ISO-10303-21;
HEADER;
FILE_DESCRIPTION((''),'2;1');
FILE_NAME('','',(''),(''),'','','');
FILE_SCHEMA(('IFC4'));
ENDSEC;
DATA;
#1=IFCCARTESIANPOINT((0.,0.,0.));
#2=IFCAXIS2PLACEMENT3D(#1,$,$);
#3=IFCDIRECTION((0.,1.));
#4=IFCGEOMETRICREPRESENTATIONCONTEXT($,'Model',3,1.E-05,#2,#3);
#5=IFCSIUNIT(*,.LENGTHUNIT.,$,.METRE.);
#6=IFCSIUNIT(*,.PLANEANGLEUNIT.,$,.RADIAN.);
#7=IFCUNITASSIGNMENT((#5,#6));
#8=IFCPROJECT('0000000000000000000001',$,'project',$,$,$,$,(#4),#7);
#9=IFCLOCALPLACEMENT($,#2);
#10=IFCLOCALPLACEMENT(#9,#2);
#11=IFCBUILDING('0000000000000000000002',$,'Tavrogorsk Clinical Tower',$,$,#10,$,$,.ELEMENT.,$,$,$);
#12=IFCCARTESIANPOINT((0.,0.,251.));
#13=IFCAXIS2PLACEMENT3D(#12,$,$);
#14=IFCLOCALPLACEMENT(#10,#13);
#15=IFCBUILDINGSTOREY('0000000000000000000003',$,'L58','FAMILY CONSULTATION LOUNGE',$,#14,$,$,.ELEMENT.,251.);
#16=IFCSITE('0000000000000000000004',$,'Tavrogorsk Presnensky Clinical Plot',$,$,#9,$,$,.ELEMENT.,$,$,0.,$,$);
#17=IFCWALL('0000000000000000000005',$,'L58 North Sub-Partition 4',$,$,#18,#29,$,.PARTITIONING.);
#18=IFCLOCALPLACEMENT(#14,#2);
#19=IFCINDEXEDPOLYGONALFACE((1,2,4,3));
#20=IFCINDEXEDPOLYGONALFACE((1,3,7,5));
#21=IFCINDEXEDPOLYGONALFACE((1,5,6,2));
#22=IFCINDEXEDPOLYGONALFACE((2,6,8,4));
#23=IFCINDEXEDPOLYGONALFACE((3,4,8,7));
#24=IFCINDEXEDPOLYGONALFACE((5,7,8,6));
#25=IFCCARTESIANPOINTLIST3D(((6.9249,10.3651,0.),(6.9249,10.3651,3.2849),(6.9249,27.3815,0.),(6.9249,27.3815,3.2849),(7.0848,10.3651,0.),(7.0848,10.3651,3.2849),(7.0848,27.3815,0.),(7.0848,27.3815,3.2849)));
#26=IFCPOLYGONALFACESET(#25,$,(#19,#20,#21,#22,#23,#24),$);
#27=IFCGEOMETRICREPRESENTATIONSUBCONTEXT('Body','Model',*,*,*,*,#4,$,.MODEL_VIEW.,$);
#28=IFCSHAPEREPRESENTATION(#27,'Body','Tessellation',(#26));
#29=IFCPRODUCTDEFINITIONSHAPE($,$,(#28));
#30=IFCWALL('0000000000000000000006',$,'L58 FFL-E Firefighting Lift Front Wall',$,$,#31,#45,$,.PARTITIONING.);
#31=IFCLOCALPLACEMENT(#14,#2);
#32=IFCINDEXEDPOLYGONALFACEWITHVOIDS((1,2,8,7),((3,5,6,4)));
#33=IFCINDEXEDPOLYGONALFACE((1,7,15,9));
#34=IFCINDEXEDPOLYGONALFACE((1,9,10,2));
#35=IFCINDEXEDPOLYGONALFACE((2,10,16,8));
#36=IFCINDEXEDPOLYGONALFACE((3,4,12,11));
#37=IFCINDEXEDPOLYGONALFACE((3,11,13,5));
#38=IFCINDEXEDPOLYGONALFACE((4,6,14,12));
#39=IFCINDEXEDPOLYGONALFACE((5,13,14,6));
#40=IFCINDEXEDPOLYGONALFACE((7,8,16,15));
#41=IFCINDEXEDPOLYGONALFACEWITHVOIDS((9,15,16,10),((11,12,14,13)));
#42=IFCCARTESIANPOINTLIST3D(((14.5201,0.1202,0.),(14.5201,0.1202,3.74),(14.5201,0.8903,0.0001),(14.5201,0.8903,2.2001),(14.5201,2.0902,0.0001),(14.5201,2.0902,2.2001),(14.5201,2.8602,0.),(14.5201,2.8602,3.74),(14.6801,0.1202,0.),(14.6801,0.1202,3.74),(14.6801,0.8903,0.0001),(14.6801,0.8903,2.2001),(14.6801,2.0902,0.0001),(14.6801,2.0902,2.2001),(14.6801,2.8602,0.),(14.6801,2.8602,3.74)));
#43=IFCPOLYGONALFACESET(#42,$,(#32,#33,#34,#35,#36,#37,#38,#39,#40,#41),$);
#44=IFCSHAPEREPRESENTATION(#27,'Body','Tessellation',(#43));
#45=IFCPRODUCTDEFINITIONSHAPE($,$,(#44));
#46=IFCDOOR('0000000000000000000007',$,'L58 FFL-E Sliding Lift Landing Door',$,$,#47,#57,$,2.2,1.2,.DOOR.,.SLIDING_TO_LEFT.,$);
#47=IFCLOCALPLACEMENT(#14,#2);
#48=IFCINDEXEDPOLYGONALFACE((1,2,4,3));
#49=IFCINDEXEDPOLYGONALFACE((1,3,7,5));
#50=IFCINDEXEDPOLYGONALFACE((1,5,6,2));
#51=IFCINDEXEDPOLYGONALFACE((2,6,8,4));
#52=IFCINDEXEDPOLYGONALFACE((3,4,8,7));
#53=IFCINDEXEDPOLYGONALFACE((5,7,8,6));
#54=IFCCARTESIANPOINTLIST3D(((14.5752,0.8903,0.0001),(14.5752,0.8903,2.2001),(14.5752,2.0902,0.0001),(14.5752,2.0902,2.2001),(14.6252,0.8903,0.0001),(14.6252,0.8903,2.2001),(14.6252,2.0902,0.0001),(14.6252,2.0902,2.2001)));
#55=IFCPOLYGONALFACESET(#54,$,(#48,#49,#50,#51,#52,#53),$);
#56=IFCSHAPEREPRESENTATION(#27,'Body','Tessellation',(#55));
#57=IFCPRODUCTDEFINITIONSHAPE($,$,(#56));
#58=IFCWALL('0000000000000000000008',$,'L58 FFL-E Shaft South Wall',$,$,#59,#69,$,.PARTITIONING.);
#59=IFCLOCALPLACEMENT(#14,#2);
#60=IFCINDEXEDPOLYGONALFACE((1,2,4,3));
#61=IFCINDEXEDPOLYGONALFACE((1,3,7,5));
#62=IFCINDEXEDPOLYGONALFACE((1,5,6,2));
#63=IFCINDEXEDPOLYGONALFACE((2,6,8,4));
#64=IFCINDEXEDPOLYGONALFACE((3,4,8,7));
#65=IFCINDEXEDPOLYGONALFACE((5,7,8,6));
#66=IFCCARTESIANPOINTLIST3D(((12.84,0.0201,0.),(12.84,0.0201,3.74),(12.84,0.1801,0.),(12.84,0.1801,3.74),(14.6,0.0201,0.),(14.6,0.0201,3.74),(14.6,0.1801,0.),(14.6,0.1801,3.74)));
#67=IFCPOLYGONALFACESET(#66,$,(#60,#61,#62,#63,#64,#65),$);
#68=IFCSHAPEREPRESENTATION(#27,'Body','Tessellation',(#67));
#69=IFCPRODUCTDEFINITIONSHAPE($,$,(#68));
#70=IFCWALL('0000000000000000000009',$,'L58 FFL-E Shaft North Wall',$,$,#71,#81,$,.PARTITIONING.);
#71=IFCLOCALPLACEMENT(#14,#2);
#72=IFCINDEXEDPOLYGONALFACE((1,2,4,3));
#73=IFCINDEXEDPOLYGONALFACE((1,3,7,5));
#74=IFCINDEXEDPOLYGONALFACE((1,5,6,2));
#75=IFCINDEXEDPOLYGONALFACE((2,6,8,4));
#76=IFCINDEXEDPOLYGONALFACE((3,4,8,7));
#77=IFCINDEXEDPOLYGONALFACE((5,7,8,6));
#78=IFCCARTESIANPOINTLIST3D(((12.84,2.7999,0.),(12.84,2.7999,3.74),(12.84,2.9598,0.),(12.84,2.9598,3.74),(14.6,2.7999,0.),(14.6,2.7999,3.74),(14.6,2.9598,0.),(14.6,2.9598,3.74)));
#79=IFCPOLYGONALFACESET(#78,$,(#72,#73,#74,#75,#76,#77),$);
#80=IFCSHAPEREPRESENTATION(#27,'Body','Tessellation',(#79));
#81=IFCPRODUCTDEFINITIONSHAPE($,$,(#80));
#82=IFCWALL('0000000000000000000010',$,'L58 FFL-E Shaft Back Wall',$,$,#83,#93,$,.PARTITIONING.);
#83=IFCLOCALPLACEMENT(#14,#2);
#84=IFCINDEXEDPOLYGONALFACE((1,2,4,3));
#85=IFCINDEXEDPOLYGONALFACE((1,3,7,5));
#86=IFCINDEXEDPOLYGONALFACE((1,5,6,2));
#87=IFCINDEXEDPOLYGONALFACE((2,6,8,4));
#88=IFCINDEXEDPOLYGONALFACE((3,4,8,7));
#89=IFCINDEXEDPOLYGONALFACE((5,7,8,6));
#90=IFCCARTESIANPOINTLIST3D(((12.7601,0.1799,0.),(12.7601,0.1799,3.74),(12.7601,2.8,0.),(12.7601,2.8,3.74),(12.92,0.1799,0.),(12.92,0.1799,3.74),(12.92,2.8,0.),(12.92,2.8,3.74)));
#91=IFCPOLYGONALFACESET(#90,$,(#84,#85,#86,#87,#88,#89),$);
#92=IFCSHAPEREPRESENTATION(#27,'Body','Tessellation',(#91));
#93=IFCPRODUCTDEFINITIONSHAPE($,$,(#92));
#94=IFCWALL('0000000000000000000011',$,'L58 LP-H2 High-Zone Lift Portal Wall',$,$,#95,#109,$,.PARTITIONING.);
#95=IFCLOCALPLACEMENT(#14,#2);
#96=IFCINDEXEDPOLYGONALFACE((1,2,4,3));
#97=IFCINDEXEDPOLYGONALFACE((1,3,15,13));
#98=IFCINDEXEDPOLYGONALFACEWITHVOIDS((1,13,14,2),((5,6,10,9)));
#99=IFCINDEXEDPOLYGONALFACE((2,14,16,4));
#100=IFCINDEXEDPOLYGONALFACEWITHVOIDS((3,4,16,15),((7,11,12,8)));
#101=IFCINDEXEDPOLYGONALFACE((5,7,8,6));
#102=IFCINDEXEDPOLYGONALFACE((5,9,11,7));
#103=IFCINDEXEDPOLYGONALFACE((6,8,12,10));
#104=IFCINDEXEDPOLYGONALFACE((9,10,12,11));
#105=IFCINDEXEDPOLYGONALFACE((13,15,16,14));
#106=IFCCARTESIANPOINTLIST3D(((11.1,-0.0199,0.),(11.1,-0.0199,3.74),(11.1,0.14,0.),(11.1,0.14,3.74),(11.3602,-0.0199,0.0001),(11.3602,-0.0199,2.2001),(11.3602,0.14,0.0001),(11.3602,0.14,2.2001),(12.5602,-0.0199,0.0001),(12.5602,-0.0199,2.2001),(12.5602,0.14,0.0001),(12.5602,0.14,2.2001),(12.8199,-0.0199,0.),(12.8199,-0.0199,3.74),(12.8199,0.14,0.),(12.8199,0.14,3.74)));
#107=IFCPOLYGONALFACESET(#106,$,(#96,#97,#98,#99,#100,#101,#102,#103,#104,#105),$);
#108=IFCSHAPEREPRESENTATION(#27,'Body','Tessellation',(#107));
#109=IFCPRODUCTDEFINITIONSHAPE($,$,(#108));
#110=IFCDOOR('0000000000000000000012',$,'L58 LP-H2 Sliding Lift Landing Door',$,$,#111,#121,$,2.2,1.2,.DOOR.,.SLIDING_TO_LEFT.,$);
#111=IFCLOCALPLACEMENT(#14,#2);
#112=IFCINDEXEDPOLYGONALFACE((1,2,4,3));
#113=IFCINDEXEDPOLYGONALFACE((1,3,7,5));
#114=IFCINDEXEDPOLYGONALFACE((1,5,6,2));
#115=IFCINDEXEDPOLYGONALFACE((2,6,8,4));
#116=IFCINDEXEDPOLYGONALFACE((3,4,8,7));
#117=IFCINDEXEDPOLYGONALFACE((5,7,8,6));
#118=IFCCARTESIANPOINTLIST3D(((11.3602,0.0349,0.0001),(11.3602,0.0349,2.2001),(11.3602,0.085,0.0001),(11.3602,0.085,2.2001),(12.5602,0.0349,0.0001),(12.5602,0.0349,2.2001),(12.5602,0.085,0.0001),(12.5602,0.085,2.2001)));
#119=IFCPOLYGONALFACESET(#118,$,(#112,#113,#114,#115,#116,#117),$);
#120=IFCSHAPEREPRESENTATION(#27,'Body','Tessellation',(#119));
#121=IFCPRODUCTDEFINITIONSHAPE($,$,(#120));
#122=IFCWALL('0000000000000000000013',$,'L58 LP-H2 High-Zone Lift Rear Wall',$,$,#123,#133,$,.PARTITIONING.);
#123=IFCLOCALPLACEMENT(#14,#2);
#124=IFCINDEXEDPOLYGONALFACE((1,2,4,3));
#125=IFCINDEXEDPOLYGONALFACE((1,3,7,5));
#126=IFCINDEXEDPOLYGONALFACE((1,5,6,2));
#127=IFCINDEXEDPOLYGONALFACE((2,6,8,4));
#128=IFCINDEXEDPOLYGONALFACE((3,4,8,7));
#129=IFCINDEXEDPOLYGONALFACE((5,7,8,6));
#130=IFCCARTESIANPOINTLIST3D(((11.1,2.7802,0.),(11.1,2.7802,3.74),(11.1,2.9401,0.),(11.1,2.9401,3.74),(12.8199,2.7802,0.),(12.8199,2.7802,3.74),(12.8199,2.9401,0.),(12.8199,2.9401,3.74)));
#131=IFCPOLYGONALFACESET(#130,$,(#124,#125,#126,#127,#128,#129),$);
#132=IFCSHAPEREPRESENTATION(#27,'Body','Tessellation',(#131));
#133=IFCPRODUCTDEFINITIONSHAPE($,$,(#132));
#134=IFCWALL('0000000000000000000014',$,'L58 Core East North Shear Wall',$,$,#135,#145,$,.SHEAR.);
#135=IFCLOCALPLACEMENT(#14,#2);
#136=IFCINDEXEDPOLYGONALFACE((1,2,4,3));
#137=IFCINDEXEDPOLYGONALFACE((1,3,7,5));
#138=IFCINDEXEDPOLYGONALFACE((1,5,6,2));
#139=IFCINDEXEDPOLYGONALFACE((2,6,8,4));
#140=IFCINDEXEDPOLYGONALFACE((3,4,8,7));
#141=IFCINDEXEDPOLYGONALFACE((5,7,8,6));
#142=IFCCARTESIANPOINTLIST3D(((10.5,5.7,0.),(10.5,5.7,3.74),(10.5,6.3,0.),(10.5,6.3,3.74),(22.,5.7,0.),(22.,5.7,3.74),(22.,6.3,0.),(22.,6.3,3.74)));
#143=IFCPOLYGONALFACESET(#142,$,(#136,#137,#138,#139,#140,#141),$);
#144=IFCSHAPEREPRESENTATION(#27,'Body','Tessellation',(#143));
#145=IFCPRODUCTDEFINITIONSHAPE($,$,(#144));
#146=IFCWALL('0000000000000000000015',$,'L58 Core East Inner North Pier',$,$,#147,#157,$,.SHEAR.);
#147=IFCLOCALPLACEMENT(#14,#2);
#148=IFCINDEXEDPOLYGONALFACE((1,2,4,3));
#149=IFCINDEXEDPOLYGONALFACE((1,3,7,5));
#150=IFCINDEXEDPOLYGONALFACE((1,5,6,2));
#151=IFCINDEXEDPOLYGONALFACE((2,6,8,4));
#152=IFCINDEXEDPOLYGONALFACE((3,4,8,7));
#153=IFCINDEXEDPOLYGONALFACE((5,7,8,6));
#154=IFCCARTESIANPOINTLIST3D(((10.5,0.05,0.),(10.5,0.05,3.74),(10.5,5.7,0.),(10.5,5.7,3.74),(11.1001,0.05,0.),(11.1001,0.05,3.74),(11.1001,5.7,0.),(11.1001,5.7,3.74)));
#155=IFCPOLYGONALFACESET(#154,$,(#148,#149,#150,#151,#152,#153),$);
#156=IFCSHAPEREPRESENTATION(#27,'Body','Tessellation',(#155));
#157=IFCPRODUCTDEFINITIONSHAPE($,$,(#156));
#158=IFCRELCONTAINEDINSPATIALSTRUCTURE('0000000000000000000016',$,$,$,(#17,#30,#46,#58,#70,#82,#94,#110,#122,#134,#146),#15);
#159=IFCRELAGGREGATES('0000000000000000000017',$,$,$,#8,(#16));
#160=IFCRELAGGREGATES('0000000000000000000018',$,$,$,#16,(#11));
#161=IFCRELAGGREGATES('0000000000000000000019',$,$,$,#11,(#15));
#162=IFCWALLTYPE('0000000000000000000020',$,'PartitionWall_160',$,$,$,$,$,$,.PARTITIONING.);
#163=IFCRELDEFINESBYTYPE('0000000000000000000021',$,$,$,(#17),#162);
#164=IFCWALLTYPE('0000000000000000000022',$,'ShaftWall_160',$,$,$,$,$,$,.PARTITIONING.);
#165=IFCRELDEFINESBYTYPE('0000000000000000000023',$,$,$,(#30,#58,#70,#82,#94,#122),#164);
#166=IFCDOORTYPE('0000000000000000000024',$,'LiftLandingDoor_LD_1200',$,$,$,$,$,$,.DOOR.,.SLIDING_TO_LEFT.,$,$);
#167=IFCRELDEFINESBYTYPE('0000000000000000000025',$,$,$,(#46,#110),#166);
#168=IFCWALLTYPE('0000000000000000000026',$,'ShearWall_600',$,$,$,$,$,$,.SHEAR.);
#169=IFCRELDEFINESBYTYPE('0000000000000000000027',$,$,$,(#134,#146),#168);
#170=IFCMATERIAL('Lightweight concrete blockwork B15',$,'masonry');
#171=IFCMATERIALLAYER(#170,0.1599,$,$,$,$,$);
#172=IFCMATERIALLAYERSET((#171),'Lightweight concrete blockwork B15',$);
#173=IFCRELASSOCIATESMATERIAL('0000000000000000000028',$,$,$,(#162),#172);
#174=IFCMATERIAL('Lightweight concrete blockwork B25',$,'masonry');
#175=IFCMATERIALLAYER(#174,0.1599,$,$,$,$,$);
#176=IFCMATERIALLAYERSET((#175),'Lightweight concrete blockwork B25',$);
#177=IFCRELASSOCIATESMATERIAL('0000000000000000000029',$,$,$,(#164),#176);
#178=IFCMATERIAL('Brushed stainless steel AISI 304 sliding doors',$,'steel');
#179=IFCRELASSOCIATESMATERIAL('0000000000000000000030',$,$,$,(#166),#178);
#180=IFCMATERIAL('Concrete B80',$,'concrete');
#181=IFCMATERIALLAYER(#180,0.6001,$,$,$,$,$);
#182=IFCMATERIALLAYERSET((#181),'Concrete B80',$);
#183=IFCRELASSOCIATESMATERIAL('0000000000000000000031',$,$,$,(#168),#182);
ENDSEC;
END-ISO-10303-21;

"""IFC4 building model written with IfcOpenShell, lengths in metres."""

from ifc_helpers import new_model, si_unit, direction, frame, frame_2d, origin, place, context, subcontext, project, spatial, rectangle, extrude, material, layer, layer_set, type_object, element, fill, save


model = new_model("IFC4")

# Units and contexts
model_context = context("Model", 3, precision=1e-05, world=origin(), true_north=direction((0.0, 1.0)))
body_context = subcontext(model_context, "Body", "Model", "MODEL_VIEW")
ifc_project = project(units=[si_unit("LENGTHUNIT", "METRE"), si_unit("PLANEANGLEUNIT", "RADIAN")], contexts=[model_context])

# Site, building, storey
site_placement = place(None, origin())
site = spatial("IfcSite", under=ifc_project, at=site_placement, Name="Tavrogorsk Presnensky Clinical Plot", CompositionType="ELEMENT", RefElevation=0.0)
building_placement = place(site_placement, origin())
building = spatial("IfcBuilding", under=site, at=building_placement, Name="Tavrogorsk Clinical Tower", CompositionType="ELEMENT")
storey_placement = place(building_placement, frame((0.0, 0.0, 251.0)))
storey = spatial("IfcBuildingStorey", under=building, at=storey_placement, Name="L58", Description="FAMILY CONSULTATION LOUNGE", CompositionType="ELEMENT", Elevation=251.0)

# Shared definitions
ifc_material_1 = material(Name="Lightweight concrete blockwork B15", Category="masonry")
ifc_layer_1 = layer(ifc_material_1, 0.1599)
ifc_layer_set_1 = layer_set([ifc_layer_1], Name="Lightweight concrete blockwork B15")
wall_type_1 = type_object("IfcWallType", Name="PartitionWall_160", PredefinedType="PARTITIONING", material=ifc_layer_set_1)

# Wall
wall_1_placement = place(storey_placement, frame((7.0049, 10.365, 0.0), z_axis=(0.0, 0.0, 1.0), x_axis=(0.0, 1.0, 0.0)))
element("IfcWall", 1, at=wall_1_placement, inside=storey, type_object=wall_type_1, Name="L58 North Sub-Partition 4", PredefinedType="PARTITIONING", context=body_context, shape_type="SweptSolid", body=[
    extrude(rectangle(XDim=17.0164, YDim=0.1599, at=frame_2d((8.5083, 0.0))), origin(), (0.0, 0.0, 1.0), 3.2849),
])

# Wall, opening, door
ifc_material_2 = material(Name="Lightweight concrete blockwork B25", Category="masonry")
ifc_layer_2 = layer(ifc_material_2, 0.1599)
ifc_layer_set_2 = layer_set([ifc_layer_2], Name="Lightweight concrete blockwork B25")
wall_type_2 = type_object("IfcWallType", Name="ShaftWall_160", PredefinedType="PARTITIONING", material=ifc_layer_set_2)
wall_2_placement = place(storey_placement, frame((14.6001, 0.1201, 0.0), z_axis=(0.0, 0.0, 1.0), x_axis=(0.0, 1.0, 0.0)))
wall_2 = element("IfcWall", 2, at=wall_2_placement, inside=storey, type_object=wall_type_2, Name="L58 FFL-E Firefighting Lift Front Wall", PredefinedType="PARTITIONING", context=body_context, shape_type="SweptSolid", body=[
    extrude(rectangle(XDim=2.74, YDim=0.1599, at=frame_2d((1.3701, 0.0))), origin(), (0.0, 0.0, 1.0), 3.74),
])
opening_1_placement = place(wall_2_placement, frame((0.77, 0.0, 0.0)))
opening_1 = element("IfcOpeningElement", 3, at=opening_1_placement, cuts=wall_2, PredefinedType="OPENING", context=body_context, shape_type="SweptSolid", body=[
    extrude(rectangle(XDim=1.2, YDim=2.2, at=frame_2d((0.6001, 1.1001))), frame((0.0, 0.0898, 0.0), z_axis=(0.0, -1.0, 0.0), x_axis=(1.0, 0.0, 0.0)), (0.0, 0.0, 1.0), 0.1799),
])
ifc_material_3 = material(Name="Brushed stainless steel AISI 304 sliding doors", Category="steel")
door_type_1 = type_object("IfcDoorType", Name="LiftLandingDoor_LD_1200", OperationType="SLIDING_TO_LEFT", PredefinedType="DOOR", material=ifc_material_3)
door_1_placement = place(opening_1_placement, origin())
door_1 = element("IfcDoor", 4, at=door_1_placement, inside=storey, type_object=door_type_1, Name="L58 FFL-E Sliding Lift Landing Door", OperationType="SLIDING_TO_LEFT", OverallHeight=2.2, OverallWidth=1.2, PredefinedType="DOOR", context=body_context, shape_type="SweptSolid", body=[
    extrude(rectangle(XDim=1.2, YDim=2.2, at=frame_2d((0.6001, 1.1001))), frame((0.0, 0.0249, 0.0), z_axis=(0.0, -1.0, 0.0), x_axis=(1.0, 0.0, 0.0)), (0.0, 0.0, 1.0), 0.05),
])
fill(opening_1, door_1)

# Walls
for number, where, z_axis, x_axis, name in (
    (5, (12.8401, 0.1001, 0.0), (0.0, 0.0, 1.0), (1.0, 0.0, 0.0), "L58 FFL-E Shaft South Wall"),
    (6, (12.8401, 2.8799, 0.0), (0.0, 0.0, 1.0), (1.0, 0.0, 0.0), "L58 FFL-E Shaft North Wall"),
):
    element("IfcWall", number, at=place(storey_placement, frame(where, z_axis=z_axis, x_axis=x_axis)), inside=storey, type_object=wall_type_2, Name=name, PredefinedType="PARTITIONING", context=body_context, shape_type="SweptSolid", body=[
        extrude(rectangle(XDim=1.76, YDim=0.1599, at=frame_2d((0.8799, 0.0))), origin(), (0.0, 0.0, 1.0), 3.74),
    ])
wall_3_placement = place(storey_placement, frame((12.8401, 0.1799, 0.0), z_axis=(0.0, 0.0, 1.0), x_axis=(0.0, 1.0, 0.0)))
element("IfcWall", 7, at=wall_3_placement, inside=storey, type_object=wall_type_2, Name="L58 FFL-E Shaft Back Wall", PredefinedType="PARTITIONING", context=body_context, shape_type="SweptSolid", body=[
    extrude(rectangle(XDim=2.6201, YDim=0.1599, at=frame_2d((1.3101, 0.0))), origin(), (0.0, 0.0, 1.0), 3.74),
])

# Wall, opening, door
wall_4_placement = place(storey_placement, frame((11.1001, 0.0601, 0.0), z_axis=(0.0, 0.0, 1.0), x_axis=(1.0, 0.0, 0.0)))
wall_4 = element("IfcWall", 8, at=wall_4_placement, inside=storey, type_object=wall_type_2, Name="L58 LP-H2 High-Zone Lift Portal Wall", PredefinedType="PARTITIONING", context=body_context, shape_type="SweptSolid", body=[
    extrude(rectangle(XDim=1.72, YDim=0.1599, at=frame_2d((0.8599, 0.0))), origin(), (0.0, 0.0, 1.0), 3.74),
])
opening_2_placement = place(wall_4_placement, frame((0.26, 0.0, 0.0)))
opening_2 = element("IfcOpeningElement", 9, at=opening_2_placement, cuts=wall_4, PredefinedType="OPENING", context=body_context, shape_type="SweptSolid", body=[
    extrude(rectangle(XDim=1.2, YDim=2.2, at=frame_2d((0.6001, 1.1001))), frame((0.0, 0.0898, 0.0), z_axis=(0.0, -1.0, 0.0), x_axis=(1.0, 0.0, 0.0)), (0.0, 0.0, 1.0), 0.1799),
])
door_2_placement = place(opening_2_placement, origin())
door_2 = element("IfcDoor", 10, at=door_2_placement, inside=storey, type_object=door_type_1, Name="L58 LP-H2 Sliding Lift Landing Door", OperationType="SLIDING_TO_LEFT", OverallHeight=2.2, OverallWidth=1.2, PredefinedType="DOOR", context=body_context, shape_type="SweptSolid", body=[
    extrude(rectangle(XDim=1.2, YDim=2.2, at=frame_2d((0.6001, 1.1001))), frame((0.0, 0.0249, 0.0), z_axis=(0.0, -1.0, 0.0), x_axis=(1.0, 0.0, 0.0)), (0.0, 0.0, 1.0), 0.05),
])
fill(opening_2, door_2)

# Walls
wall_5_placement = place(storey_placement, frame((11.1001, 2.8601, 0.0), z_axis=(0.0, 0.0, 1.0), x_axis=(1.0, 0.0, 0.0)))
element("IfcWall", 11, at=wall_5_placement, inside=storey, type_object=wall_type_2, Name="L58 LP-H2 High-Zone Lift Rear Wall", PredefinedType="PARTITIONING", context=body_context, shape_type="SweptSolid", body=[
    extrude(rectangle(XDim=1.72, YDim=0.1599, at=frame_2d((0.8599, 0.0))), origin(), (0.0, 0.0, 1.0), 3.74),
])
ifc_material_4 = material(Name="Concrete B80", Category="concrete")
ifc_layer_3 = layer(ifc_material_4, 0.6001)
ifc_layer_set_3 = layer_set([ifc_layer_3], Name="Concrete B80")
wall_type_3 = type_object("IfcWallType", Name="ShearWall_600", PredefinedType="SHEAR", material=ifc_layer_set_3)
wall_6_placement = place(storey_placement, frame((10.5, 6.0, 0.0), z_axis=(0.0, 0.0, 1.0), x_axis=(1.0, 0.0, 0.0)))
element("IfcWall", 12, at=wall_6_placement, inside=storey, type_object=wall_type_3, Name="L58 Core East North Shear Wall", PredefinedType="SHEAR", context=body_context, shape_type="SweptSolid", body=[
    extrude(rectangle(XDim=11.5, YDim=0.6001, at=frame_2d((5.75, 0.0))), origin(), (0.0, 0.0, 1.0), 3.74),
])
wall_7_placement = place(storey_placement, frame((10.8, 0.05, 0.0), z_axis=(0.0, 0.0, 1.0), x_axis=(0.0, 1.0, 0.0)))
element("IfcWall", 13, at=wall_7_placement, inside=storey, type_object=wall_type_3, Name="L58 Core East Inner North Pier", PredefinedType="SHEAR", context=body_context, shape_type="SweptSolid", body=[
    extrude(rectangle(XDim=5.6499, YDim=0.6001, at=frame_2d((2.825, 0.0))), origin(), (0.0, 0.0, 1.0), 3.74),
])

save(model, "model.ifc")
